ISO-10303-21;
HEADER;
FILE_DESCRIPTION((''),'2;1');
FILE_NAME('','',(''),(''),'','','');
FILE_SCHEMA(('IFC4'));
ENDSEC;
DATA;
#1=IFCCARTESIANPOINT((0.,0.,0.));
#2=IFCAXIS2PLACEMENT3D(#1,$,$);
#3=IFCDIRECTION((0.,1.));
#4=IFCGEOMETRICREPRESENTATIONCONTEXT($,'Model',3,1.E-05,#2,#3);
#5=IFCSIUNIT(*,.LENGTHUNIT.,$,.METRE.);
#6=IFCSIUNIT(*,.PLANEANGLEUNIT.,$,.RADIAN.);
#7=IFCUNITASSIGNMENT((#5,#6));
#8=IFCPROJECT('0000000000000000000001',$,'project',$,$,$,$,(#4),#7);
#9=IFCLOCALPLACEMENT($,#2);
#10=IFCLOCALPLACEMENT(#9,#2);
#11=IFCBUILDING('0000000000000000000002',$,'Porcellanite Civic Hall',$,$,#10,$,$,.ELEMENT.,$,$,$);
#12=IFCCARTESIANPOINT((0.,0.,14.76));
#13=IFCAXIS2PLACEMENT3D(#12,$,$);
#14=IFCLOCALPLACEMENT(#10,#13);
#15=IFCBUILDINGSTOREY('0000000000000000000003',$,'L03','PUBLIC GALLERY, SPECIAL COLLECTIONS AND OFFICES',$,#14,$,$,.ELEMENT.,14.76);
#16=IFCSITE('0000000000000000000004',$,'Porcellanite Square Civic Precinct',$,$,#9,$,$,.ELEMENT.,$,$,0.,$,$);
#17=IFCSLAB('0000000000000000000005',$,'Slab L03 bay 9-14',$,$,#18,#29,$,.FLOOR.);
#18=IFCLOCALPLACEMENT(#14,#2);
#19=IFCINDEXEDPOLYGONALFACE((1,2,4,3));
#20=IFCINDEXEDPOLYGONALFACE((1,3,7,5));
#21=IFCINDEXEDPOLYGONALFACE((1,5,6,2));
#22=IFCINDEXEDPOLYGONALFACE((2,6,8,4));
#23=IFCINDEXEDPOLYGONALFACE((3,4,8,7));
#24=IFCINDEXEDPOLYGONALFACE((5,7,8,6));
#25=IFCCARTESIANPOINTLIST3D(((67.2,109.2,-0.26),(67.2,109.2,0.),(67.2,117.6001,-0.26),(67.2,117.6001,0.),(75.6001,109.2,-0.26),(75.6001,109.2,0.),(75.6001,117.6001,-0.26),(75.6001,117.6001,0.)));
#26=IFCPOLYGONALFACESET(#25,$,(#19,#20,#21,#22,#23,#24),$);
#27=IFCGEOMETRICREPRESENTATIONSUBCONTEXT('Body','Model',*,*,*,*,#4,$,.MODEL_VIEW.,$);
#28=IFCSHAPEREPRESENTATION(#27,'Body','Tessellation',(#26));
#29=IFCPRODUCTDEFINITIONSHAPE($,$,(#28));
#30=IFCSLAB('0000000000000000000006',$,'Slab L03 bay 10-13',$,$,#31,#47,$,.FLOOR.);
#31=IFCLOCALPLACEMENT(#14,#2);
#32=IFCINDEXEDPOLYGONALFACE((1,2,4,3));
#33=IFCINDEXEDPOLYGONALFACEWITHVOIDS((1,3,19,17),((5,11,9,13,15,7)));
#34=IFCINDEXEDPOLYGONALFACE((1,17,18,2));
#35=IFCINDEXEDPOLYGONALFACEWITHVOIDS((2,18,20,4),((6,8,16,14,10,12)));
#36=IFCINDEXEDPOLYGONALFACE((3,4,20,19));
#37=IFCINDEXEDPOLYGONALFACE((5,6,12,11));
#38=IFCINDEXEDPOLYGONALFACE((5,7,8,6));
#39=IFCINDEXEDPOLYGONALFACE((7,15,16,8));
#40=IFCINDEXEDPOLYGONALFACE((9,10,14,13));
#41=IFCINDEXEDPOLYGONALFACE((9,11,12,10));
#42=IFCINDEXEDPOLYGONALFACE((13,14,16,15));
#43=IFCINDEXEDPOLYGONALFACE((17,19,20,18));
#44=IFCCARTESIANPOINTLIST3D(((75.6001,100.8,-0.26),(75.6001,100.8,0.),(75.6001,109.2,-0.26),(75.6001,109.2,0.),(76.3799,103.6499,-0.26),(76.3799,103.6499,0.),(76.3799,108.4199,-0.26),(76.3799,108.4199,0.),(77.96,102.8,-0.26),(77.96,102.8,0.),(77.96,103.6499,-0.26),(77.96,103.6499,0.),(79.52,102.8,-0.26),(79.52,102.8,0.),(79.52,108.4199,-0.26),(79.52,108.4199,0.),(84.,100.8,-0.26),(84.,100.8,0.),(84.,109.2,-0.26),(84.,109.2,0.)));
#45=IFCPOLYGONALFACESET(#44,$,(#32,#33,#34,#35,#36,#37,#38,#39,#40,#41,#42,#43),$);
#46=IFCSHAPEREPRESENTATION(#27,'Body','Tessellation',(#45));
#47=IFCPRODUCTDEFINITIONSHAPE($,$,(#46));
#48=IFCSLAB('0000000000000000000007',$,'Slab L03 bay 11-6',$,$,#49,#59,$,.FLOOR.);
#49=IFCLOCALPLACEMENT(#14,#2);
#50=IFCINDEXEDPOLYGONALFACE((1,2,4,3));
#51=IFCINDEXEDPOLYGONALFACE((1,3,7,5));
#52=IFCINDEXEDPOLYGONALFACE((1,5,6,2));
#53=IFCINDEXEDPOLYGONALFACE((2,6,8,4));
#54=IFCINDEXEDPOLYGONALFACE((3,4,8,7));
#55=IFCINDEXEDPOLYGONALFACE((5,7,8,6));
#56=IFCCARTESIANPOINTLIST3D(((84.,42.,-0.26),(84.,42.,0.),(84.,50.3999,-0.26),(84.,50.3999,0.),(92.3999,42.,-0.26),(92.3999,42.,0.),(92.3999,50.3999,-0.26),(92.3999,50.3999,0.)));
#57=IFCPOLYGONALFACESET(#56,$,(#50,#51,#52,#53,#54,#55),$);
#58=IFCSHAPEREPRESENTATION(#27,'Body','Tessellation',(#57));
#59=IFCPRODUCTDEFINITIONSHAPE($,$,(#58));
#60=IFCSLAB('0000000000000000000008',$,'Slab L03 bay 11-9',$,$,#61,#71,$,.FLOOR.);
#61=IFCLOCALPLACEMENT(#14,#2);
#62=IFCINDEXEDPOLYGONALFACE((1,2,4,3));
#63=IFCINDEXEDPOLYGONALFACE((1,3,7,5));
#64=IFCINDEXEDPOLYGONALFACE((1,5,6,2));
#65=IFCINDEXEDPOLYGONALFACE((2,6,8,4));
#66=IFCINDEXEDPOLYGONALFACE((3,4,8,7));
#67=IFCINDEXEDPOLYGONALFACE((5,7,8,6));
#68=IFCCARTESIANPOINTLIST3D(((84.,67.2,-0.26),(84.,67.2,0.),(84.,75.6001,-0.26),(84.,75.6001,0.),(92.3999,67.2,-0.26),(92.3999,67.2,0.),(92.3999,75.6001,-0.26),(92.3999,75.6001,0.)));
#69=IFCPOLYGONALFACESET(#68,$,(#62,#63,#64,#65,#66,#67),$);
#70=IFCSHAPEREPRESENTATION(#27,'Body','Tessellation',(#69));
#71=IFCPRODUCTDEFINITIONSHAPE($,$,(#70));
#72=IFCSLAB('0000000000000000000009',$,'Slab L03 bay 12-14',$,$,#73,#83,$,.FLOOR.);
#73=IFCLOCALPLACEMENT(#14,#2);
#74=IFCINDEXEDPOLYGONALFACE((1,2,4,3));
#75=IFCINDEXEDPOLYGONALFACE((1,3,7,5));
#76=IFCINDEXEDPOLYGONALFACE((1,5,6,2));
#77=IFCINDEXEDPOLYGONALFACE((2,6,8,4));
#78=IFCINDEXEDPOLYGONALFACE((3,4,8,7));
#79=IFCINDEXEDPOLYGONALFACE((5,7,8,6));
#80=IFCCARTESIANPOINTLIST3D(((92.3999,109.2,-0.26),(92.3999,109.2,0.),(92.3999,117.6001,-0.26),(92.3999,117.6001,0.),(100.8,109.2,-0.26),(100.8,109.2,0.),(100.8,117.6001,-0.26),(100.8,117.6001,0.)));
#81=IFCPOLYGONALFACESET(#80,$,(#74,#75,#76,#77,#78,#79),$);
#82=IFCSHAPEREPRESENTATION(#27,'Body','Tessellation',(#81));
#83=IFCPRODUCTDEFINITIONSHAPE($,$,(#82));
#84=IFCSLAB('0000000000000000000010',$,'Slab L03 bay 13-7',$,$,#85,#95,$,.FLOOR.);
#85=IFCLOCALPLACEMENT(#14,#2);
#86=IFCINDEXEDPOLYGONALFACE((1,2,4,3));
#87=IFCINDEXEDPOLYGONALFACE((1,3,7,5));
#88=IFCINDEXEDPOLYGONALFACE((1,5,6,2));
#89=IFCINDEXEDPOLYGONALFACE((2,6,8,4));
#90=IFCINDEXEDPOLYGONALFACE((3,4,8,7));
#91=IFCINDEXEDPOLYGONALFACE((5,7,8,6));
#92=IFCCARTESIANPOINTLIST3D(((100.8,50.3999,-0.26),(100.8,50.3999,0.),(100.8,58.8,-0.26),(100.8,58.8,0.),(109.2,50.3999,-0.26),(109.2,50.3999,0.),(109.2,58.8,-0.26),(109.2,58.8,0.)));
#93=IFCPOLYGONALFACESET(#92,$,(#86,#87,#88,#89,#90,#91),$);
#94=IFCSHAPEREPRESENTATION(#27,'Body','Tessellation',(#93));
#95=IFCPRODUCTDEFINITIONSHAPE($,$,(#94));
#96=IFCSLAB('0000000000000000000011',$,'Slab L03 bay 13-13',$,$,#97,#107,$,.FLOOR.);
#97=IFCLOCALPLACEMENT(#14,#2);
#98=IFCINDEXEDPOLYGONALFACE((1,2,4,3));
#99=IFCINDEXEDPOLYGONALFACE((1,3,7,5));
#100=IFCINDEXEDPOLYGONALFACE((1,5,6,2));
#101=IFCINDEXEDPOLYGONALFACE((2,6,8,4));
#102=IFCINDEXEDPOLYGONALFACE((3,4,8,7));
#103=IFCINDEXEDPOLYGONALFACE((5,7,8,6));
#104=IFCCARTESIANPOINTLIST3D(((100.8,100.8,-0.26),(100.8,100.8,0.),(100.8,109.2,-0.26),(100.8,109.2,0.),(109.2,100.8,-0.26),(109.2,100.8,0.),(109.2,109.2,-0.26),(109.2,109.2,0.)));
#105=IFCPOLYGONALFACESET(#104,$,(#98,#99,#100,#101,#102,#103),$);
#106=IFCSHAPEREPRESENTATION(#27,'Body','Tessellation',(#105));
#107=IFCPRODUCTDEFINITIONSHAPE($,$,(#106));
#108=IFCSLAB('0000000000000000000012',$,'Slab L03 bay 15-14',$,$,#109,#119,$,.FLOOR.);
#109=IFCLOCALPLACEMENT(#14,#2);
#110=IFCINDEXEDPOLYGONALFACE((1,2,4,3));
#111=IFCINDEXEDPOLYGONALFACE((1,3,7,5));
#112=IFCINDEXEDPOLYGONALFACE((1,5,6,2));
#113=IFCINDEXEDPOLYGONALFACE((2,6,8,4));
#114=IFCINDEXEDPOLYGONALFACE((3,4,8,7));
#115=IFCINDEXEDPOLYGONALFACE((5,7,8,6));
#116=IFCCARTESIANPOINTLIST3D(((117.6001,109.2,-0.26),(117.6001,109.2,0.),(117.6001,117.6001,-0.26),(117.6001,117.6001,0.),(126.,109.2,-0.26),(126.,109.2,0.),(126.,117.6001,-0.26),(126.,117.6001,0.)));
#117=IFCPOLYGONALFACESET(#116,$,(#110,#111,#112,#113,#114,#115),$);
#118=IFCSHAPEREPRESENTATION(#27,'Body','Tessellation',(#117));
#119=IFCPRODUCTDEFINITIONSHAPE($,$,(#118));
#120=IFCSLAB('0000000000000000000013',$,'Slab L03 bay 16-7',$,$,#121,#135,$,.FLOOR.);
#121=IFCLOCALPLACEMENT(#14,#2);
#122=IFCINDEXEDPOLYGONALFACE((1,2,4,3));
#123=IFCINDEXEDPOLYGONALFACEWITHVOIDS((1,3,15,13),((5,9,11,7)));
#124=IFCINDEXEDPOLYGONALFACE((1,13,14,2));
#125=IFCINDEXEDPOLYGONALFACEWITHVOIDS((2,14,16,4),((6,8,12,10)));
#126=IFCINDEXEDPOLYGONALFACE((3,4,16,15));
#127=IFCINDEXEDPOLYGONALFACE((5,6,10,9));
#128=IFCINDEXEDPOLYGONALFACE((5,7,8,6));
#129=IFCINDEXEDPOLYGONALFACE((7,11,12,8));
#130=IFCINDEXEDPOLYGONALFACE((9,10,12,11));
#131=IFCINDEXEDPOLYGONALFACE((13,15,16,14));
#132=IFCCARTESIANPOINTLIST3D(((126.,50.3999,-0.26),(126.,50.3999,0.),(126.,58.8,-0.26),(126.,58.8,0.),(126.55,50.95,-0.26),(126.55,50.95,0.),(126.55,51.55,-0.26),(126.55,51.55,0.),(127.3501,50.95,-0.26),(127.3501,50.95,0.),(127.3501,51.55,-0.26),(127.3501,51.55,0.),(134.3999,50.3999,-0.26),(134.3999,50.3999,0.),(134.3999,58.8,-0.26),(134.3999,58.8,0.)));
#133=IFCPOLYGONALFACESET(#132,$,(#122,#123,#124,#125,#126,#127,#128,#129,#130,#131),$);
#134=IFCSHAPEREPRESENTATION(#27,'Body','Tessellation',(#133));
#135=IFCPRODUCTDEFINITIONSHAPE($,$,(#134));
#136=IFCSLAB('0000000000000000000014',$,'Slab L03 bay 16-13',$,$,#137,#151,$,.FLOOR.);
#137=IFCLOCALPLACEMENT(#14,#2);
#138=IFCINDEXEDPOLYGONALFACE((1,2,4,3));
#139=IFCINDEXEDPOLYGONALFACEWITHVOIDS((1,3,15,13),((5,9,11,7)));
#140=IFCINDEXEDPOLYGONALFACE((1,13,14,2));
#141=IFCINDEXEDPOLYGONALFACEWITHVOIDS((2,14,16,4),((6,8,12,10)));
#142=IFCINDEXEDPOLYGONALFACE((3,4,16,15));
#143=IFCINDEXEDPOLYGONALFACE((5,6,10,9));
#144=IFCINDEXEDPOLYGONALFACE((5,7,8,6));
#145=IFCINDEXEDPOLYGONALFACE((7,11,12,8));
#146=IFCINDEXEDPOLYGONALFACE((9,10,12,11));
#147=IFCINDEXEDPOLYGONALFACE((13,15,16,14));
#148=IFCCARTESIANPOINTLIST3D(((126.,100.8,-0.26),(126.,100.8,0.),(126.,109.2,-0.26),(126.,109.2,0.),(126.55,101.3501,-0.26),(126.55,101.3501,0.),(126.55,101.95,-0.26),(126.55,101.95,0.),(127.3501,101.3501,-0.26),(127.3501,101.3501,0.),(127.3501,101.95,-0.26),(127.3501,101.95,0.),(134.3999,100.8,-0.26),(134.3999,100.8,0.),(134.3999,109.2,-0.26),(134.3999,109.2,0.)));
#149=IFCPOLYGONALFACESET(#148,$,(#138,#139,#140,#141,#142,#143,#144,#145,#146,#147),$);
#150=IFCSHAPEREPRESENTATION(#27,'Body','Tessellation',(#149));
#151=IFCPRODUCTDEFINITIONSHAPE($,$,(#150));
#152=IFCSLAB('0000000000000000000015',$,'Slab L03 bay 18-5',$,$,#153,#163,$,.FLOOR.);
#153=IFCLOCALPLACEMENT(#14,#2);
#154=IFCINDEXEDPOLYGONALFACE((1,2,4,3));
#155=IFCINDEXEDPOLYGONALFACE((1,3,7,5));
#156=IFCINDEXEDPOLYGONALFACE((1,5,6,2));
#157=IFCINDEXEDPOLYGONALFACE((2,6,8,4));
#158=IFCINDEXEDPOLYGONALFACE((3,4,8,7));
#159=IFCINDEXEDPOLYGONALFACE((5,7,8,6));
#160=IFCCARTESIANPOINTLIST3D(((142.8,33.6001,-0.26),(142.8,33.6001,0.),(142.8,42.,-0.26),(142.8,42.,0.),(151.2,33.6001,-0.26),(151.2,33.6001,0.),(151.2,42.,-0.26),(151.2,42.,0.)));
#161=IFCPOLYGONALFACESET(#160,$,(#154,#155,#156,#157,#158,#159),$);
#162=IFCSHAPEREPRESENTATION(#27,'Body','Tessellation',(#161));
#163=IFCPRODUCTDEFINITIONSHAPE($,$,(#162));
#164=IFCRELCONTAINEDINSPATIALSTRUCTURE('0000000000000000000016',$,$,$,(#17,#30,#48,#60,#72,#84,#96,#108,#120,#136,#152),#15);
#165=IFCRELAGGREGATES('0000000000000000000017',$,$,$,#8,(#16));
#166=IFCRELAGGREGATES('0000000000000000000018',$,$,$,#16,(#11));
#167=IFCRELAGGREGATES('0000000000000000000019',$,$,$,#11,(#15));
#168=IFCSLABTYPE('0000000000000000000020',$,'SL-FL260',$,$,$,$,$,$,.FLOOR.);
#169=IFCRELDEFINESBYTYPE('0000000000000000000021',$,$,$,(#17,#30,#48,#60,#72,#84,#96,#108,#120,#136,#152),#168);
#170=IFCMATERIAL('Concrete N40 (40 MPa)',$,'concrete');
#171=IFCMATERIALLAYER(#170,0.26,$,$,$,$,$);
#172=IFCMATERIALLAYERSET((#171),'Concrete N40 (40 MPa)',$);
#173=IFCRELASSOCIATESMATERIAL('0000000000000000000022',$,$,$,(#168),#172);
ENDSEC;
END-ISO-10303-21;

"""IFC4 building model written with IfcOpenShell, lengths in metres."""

from ifc_helpers import new_model, si_unit, direction, frame, origin, place, context, subcontext, project, spatial, polyline, outline, extrude, material, layer, layer_set, type_object, element, save


model = new_model("IFC4")

# Units and contexts
model_context = context("Model", 3, precision=1e-05, world=origin(), true_north=direction((0.0, 1.0)))
body_context = subcontext(model_context, "Body", "Model", "MODEL_VIEW")
ifc_project = project(units=[si_unit("LENGTHUNIT", "METRE"), si_unit("PLANEANGLEUNIT", "RADIAN")], contexts=[model_context])

# Site, building, storey
site_placement = place(None, origin())
site = spatial("IfcSite", under=ifc_project, at=site_placement, Name="Porcellanite Square Civic Precinct", CompositionType="ELEMENT", RefElevation=0.0)
building_placement = place(site_placement, origin())
building = spatial("IfcBuilding", under=site, at=building_placement, Name="Porcellanite Civic Hall", CompositionType="ELEMENT")
storey_placement = place(building_placement, frame((0.0, 0.0, 14.76)))
storey = spatial("IfcBuildingStorey", under=building, at=storey_placement, Name="L03", Description="PUBLIC GALLERY, SPECIAL COLLECTIONS AND OFFICES", CompositionType="ELEMENT", Elevation=14.76)

# Slabs
ifc_material = material(Name="Concrete N40 (40 MPa)", Category="concrete")
ifc_layer = layer(ifc_material, 0.26)
ifc_layer_set = layer_set([ifc_layer], Name="Concrete N40 (40 MPa)")
slab_type = type_object("IfcSlabType", Name="SL-FL260", PredefinedType="FLOOR", material=ifc_layer_set)
slab_1_placement = place(storey_placement, frame((0.0, 0.0, -0.26)))
element("IfcSlab", 1, at=slab_1_placement, inside=storey, type_object=slab_type, Name="Slab L03 bay 9-14", PredefinedType="FLOOR", context=body_context, shape_type="SweptSolid", body=[
    extrude(outline(polyline([(67.2, 109.2), (75.6001, 109.2), (75.6001, 117.6001), (67.2, 117.6001), (67.2, 109.2)])), origin(), (0.0, 0.0, 1.0), 0.26),
])
slab_2_placement = place(storey_placement, frame((0.0, 0.0, -0.26)))
element("IfcSlab", 2, at=slab_2_placement, inside=storey, type_object=slab_type, Name="Slab L03 bay 10-13", PredefinedType="FLOOR", context=body_context, shape_type="SweptSolid", body=[
    extrude(outline(polyline([(75.6001, 100.8), (84.0, 100.8), (84.0, 109.2), (75.6001, 109.2), (75.6001, 100.8)]), holes=[polyline([(76.3799, 103.6499), (77.96, 103.6499), (77.96, 102.8), (79.52, 102.8), (79.52, 108.4199), (76.3799, 108.4199), (76.3799, 103.6499)])]), origin(), (0.0, 0.0, 1.0), 0.26),
])
slab_3_placement = place(storey_placement, frame((0.0, 0.0, -0.26)))
element("IfcSlab", 3, at=slab_3_placement, inside=storey, type_object=slab_type, Name="Slab L03 bay 11-6", PredefinedType="FLOOR", context=body_context, shape_type="SweptSolid", body=[
    extrude(outline(polyline([(84.0, 42.0), (92.3999, 42.0), (92.3999, 50.3999), (84.0, 50.3999), (84.0, 42.0)])), origin(), (0.0, 0.0, 1.0), 0.26),
])
slab_4_placement = place(storey_placement, frame((0.0, 0.0, -0.26)))
element("IfcSlab", 4, at=slab_4_placement, inside=storey, type_object=slab_type, Name="Slab L03 bay 11-9", PredefinedType="FLOOR", context=body_context, shape_type="SweptSolid", body=[
    extrude(outline(polyline([(84.0, 67.2), (92.3999, 67.2), (92.3999, 75.6001), (84.0, 75.6001), (84.0, 67.2)])), origin(), (0.0, 0.0, 1.0), 0.26),
])
slab_5_placement = place(storey_placement, frame((0.0, 0.0, -0.26)))
element("IfcSlab", 5, at=slab_5_placement, inside=storey, type_object=slab_type, Name="Slab L03 bay 12-14", PredefinedType="FLOOR", context=body_context, shape_type="SweptSolid", body=[
    extrude(outline(polyline([(92.3999, 109.2), (100.8, 109.2), (100.8, 117.6001), (92.3999, 117.6001), (92.3999, 109.2)])), origin(), (0.0, 0.0, 1.0), 0.26),
])
slab_6_placement = place(storey_placement, frame((0.0, 0.0, -0.26)))
element("IfcSlab", 6, at=slab_6_placement, inside=storey, type_object=slab_type, Name="Slab L03 bay 13-7", PredefinedType="FLOOR", context=body_context, shape_type="SweptSolid", body=[
    extrude(outline(polyline([(100.8, 50.3999), (109.2, 50.3999), (109.2, 58.8), (100.8, 58.8), (100.8, 50.3999)])), origin(), (0.0, 0.0, 1.0), 0.26),
])
slab_7_placement = place(storey_placement, frame((0.0, 0.0, -0.26)))
element("IfcSlab", 7, at=slab_7_placement, inside=storey, type_object=slab_type, Name="Slab L03 bay 13-13", PredefinedType="FLOOR", context=body_context, shape_type="SweptSolid", body=[
    extrude(outline(polyline([(100.8, 100.8), (109.2, 100.8), (109.2, 109.2), (100.8, 109.2), (100.8, 100.8)])), origin(), (0.0, 0.0, 1.0), 0.26),
])
slab_8_placement = place(storey_placement, frame((0.0, 0.0, -0.26)))
element("IfcSlab", 8, at=slab_8_placement, inside=storey, type_object=slab_type, Name="Slab L03 bay 15-14", PredefinedType="FLOOR", context=body_context, shape_type="SweptSolid", body=[
    extrude(outline(polyline([(117.6001, 109.2), (126.0, 109.2), (126.0, 117.6001), (117.6001, 117.6001), (117.6001, 109.2)])), origin(), (0.0, 0.0, 1.0), 0.26),
])
slab_9_placement = place(storey_placement, frame((0.0, 0.0, -0.26)))
element("IfcSlab", 9, at=slab_9_placement, inside=storey, type_object=slab_type, Name="Slab L03 bay 16-7", PredefinedType="FLOOR", context=body_context, shape_type="SweptSolid", body=[
    extrude(outline(polyline([(126.0, 50.3999), (134.3999, 50.3999), (134.3999, 58.8), (126.0, 58.8), (126.0, 50.3999)]), holes=[polyline([(126.55, 50.95), (127.3501, 50.95), (127.3501, 51.55), (126.55, 51.55), (126.55, 50.95)])]), origin(), (0.0, 0.0, 1.0), 0.26),
])
slab_10_placement = place(storey_placement, frame((0.0, 0.0, -0.26)))
element("IfcSlab", 10, at=slab_10_placement, inside=storey, type_object=slab_type, Name="Slab L03 bay 16-13", PredefinedType="FLOOR", context=body_context, shape_type="SweptSolid", body=[
    extrude(outline(polyline([(126.0, 100.8), (134.3999, 100.8), (134.3999, 109.2), (126.0, 109.2), (126.0, 100.8)]), holes=[polyline([(126.55, 101.3501), (127.3501, 101.3501), (127.3501, 101.95), (126.55, 101.95), (126.55, 101.3501)])]), origin(), (0.0, 0.0, 1.0), 0.26),
])
slab_11_placement = place(storey_placement, frame((0.0, 0.0, -0.26)))
element("IfcSlab", 11, at=slab_11_placement, inside=storey, type_object=slab_type, Name="Slab L03 bay 18-5", PredefinedType="FLOOR", context=body_context, shape_type="SweptSolid", body=[
    extrude(outline(polyline([(142.8, 33.6001), (151.2, 33.6001), (151.2, 42.0), (142.8, 42.0), (142.8, 33.6001)])), origin(), (0.0, 0.0, 1.0), 0.26),
])

save(model, "model.ifc")
